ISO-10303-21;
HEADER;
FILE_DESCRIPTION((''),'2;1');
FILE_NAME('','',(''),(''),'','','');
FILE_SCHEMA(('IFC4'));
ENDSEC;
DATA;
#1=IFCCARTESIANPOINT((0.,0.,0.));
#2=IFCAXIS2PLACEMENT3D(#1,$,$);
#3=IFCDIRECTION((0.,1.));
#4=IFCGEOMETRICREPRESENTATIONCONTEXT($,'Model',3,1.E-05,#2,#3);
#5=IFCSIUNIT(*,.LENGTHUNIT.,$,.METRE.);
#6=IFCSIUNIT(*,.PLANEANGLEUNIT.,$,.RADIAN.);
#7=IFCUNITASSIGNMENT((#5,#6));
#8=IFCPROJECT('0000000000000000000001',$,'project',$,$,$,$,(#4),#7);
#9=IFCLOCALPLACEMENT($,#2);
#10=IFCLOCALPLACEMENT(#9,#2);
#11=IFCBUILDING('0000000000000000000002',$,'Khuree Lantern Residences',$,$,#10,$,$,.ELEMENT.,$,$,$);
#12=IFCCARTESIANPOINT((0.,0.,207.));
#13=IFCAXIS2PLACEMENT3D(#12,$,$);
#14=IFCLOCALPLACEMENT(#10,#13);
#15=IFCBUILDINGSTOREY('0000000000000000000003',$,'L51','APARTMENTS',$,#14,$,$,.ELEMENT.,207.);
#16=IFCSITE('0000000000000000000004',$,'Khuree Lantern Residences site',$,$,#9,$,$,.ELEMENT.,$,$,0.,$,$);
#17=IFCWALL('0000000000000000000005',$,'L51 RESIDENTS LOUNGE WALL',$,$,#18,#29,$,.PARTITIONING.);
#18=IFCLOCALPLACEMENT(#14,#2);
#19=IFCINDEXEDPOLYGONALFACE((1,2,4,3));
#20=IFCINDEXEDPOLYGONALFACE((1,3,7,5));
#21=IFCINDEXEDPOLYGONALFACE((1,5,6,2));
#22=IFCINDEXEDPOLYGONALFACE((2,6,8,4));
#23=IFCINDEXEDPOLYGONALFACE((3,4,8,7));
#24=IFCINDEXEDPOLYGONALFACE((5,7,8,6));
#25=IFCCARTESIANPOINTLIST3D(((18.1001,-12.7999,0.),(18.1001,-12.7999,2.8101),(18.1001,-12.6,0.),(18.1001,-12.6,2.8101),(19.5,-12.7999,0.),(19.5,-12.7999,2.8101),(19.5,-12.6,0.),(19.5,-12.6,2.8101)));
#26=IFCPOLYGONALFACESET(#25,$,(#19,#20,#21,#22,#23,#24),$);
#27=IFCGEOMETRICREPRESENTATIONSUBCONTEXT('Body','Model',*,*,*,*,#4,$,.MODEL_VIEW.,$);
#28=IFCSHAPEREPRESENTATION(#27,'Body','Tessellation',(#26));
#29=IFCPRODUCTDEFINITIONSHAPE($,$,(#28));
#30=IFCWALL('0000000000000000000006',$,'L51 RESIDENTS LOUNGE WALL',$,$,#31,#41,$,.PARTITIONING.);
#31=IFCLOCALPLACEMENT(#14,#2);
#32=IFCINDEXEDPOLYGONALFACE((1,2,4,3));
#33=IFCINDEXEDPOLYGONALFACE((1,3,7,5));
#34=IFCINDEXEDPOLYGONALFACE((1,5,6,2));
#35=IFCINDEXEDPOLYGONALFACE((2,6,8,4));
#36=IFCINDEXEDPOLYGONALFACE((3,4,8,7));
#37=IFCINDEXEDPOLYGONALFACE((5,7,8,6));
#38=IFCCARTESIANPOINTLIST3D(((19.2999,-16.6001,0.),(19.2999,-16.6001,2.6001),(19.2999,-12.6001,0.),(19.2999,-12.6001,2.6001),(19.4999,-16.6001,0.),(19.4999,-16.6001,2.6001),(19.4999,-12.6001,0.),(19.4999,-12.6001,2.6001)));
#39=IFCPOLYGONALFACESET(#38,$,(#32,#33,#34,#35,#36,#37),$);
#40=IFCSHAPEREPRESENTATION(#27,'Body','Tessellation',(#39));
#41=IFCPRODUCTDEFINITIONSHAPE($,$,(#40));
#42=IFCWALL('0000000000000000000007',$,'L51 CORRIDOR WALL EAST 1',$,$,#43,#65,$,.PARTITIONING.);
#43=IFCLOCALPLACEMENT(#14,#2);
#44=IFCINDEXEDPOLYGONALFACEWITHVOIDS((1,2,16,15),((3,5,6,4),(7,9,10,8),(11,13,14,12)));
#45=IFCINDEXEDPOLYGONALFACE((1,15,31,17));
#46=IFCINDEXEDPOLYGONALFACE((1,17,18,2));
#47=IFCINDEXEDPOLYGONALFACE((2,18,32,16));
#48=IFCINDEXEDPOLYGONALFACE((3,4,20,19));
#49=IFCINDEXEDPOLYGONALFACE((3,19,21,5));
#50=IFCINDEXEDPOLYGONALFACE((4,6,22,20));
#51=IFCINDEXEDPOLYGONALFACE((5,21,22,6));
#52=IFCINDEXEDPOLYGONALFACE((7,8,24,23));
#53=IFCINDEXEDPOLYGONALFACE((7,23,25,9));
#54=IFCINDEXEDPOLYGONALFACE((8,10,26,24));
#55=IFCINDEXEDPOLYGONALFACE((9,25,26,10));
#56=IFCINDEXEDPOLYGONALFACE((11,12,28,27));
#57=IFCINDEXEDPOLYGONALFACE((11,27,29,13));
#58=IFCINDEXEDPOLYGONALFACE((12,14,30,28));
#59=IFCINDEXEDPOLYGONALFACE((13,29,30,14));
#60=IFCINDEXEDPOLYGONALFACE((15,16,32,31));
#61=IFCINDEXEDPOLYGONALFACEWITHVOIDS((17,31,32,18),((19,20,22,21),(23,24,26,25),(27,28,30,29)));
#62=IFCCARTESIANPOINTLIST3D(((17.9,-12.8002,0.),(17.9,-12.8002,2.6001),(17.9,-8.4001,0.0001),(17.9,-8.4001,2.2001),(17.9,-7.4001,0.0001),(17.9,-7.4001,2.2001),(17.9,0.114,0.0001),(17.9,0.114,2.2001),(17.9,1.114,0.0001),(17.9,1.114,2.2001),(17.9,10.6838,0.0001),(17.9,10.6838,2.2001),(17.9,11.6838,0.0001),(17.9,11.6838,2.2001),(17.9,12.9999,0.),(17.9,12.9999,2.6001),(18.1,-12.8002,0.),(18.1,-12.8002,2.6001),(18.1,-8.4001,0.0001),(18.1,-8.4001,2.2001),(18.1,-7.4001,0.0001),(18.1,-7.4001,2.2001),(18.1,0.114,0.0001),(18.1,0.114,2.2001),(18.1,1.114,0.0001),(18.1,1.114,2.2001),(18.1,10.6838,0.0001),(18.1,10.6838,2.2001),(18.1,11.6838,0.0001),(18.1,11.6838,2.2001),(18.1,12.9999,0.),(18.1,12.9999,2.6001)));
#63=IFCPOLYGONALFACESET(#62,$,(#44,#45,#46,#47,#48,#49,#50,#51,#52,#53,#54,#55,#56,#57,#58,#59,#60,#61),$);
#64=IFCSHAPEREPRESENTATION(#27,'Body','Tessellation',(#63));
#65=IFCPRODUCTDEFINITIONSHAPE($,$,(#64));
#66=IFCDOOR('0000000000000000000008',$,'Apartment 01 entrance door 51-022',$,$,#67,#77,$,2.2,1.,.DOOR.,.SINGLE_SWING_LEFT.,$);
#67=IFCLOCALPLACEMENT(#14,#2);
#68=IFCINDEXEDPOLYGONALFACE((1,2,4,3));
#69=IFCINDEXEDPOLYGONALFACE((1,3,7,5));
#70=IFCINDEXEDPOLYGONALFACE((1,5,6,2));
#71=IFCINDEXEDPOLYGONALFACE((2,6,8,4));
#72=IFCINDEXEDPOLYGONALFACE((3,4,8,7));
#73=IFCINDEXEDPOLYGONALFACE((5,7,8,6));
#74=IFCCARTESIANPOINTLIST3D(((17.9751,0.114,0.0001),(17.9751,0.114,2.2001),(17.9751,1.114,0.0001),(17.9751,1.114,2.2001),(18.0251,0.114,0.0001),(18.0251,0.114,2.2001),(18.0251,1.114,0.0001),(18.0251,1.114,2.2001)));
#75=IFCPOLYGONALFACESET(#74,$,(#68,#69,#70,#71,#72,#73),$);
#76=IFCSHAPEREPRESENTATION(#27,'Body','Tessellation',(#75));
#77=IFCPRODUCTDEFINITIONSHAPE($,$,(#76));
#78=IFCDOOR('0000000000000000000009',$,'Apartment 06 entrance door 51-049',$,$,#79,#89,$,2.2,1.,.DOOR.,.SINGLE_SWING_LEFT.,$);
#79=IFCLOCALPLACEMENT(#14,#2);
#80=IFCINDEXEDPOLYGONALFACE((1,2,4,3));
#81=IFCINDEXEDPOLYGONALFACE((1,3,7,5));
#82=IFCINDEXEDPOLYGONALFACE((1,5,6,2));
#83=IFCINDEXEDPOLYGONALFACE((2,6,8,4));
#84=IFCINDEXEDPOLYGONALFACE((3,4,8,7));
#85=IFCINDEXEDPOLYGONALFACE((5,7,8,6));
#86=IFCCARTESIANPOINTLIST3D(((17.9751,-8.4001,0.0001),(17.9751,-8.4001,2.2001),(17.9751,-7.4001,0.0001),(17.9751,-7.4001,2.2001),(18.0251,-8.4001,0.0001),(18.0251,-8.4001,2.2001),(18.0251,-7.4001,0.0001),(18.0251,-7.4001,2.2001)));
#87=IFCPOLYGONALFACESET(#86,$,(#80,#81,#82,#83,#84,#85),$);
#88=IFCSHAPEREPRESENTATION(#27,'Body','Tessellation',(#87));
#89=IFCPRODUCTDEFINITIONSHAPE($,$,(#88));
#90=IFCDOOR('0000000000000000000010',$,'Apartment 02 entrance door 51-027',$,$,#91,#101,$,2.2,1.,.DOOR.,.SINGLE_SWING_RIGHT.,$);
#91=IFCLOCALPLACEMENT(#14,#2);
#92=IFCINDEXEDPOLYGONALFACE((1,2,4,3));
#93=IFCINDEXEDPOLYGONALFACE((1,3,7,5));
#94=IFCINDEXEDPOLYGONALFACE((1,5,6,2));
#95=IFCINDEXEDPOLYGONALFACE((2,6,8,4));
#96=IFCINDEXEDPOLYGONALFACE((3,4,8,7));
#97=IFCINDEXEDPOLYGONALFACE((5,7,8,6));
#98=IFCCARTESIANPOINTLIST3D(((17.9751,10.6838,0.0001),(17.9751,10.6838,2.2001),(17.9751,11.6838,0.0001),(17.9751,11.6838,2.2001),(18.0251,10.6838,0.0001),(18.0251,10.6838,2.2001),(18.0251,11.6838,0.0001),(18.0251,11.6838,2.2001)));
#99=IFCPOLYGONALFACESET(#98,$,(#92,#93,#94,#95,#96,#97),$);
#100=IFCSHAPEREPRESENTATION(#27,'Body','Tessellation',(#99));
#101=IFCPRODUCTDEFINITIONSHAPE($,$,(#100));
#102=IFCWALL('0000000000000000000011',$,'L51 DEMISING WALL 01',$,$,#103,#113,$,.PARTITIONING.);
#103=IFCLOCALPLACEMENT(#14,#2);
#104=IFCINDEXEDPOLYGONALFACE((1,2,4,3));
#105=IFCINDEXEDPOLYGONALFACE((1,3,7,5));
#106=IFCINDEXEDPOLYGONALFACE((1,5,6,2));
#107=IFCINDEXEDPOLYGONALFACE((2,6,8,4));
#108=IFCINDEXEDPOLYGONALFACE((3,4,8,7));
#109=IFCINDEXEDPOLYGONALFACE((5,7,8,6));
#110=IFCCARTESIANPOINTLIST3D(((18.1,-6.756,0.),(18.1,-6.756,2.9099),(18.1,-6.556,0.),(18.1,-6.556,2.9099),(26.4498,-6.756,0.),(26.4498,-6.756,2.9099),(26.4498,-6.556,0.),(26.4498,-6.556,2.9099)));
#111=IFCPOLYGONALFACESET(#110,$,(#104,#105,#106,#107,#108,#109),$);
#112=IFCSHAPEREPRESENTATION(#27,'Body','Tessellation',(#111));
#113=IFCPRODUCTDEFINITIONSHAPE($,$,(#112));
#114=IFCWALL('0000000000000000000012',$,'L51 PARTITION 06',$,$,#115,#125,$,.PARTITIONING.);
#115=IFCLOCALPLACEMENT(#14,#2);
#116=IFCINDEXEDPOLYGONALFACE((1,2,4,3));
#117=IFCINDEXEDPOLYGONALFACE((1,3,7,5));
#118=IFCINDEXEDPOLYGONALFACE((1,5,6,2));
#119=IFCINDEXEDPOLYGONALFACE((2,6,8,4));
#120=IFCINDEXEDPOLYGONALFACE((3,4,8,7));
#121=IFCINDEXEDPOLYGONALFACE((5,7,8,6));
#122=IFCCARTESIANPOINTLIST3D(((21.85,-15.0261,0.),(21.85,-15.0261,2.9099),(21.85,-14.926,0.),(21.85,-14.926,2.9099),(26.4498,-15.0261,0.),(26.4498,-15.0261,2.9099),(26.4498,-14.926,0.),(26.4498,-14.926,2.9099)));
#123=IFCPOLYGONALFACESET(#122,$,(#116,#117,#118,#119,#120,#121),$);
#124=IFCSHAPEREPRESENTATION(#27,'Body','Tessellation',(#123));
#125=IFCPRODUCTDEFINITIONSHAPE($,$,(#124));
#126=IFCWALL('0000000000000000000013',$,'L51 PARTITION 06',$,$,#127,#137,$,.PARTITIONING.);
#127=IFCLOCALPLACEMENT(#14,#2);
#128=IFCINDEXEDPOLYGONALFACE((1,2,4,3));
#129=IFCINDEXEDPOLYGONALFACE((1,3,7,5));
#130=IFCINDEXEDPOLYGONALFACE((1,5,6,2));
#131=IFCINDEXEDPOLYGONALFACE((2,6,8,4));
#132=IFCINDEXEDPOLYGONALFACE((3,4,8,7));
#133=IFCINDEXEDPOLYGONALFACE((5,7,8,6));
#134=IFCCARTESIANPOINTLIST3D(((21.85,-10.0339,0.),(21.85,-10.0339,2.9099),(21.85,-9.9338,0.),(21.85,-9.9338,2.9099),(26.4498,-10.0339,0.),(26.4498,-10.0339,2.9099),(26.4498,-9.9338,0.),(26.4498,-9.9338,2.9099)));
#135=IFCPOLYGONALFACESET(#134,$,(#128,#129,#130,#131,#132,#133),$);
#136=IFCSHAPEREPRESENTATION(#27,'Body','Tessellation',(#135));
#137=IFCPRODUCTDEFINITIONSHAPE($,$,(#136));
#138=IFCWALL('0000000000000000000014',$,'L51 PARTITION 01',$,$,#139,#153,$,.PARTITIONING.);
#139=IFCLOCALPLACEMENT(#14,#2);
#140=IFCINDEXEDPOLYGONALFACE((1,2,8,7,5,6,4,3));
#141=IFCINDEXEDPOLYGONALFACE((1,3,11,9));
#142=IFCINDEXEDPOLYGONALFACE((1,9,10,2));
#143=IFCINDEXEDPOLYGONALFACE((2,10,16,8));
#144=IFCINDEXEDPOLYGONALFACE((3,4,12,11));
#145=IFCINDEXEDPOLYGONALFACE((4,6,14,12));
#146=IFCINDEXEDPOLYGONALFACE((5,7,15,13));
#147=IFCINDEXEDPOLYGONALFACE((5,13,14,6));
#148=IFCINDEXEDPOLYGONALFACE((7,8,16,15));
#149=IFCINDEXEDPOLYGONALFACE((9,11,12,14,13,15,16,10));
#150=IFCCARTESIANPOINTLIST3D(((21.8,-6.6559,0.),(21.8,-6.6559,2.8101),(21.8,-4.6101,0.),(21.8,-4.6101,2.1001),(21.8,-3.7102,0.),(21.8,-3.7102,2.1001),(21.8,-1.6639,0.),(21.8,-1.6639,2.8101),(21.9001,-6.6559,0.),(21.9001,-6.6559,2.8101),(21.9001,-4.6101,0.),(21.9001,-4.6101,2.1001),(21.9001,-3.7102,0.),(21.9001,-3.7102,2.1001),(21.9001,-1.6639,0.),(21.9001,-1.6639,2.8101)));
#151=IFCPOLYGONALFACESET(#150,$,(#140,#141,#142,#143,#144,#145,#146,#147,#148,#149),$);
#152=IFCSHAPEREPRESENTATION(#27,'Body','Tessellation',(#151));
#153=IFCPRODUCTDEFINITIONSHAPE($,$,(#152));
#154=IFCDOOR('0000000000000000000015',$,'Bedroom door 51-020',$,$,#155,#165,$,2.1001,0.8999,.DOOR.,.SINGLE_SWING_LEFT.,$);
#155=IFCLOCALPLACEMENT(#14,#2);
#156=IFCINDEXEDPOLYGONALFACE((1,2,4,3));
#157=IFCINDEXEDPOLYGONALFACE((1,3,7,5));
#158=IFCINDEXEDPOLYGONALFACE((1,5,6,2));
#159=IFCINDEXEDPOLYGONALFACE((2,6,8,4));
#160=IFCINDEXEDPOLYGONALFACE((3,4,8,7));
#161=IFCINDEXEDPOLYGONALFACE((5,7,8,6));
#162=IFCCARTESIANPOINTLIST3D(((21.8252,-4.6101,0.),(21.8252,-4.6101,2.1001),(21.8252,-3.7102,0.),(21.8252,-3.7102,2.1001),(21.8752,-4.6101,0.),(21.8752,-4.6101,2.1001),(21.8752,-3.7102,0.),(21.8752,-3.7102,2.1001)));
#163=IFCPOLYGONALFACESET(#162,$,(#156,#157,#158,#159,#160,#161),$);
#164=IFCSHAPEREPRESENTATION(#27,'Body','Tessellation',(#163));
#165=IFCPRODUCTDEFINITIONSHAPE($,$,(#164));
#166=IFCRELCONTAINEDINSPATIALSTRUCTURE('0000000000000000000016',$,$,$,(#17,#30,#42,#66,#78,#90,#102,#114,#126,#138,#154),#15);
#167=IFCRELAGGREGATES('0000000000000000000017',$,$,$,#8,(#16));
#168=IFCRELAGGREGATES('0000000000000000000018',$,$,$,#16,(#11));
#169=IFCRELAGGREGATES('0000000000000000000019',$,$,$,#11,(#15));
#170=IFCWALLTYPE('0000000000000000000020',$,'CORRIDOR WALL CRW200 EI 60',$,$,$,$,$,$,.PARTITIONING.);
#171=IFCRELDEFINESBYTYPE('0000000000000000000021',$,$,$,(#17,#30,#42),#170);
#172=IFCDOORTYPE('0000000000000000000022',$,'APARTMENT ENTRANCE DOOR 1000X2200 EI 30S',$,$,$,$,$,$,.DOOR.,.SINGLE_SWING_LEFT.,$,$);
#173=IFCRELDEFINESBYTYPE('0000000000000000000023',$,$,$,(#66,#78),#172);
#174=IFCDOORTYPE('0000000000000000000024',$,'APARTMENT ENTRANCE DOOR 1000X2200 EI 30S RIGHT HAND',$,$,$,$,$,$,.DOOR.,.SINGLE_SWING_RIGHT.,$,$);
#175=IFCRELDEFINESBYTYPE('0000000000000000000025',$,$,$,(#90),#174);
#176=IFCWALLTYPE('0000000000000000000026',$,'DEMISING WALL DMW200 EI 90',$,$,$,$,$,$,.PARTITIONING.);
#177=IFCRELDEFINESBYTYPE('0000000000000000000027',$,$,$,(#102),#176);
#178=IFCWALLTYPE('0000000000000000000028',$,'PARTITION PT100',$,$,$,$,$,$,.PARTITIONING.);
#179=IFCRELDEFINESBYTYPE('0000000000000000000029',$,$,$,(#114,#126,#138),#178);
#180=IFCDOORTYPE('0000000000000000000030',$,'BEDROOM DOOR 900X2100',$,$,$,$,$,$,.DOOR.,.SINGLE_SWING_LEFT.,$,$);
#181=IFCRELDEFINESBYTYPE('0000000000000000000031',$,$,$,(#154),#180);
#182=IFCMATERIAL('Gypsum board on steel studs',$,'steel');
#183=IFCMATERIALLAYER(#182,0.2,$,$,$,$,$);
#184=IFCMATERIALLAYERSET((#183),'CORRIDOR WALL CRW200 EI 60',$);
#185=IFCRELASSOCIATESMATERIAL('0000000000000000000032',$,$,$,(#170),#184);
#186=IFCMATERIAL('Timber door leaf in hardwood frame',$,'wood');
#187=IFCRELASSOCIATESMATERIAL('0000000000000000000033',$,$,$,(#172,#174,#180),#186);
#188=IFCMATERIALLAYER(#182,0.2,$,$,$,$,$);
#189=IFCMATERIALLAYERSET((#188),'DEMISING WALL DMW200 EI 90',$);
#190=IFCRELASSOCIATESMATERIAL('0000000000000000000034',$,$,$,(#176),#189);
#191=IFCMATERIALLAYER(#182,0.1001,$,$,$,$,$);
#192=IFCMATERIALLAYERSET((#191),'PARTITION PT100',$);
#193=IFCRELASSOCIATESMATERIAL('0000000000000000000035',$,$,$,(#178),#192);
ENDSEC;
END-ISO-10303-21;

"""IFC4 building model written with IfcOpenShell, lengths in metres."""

from ifc_helpers import new_model, si_unit, direction, frame, frame_2d, origin, place, context, subcontext, project, spatial, rectangle, extrude, material, layer, layer_set, type_object, element, fill, save


model = new_model("IFC4")

# Units and contexts
model_context = context("Model", 3, precision=1e-05, world=origin(), true_north=direction((0.0, 1.0)))
body_context = subcontext(model_context, "Body", "Model", "MODEL_VIEW")
ifc_project = project(units=[si_unit("LENGTHUNIT", "METRE"), si_unit("PLANEANGLEUNIT", "RADIAN")], contexts=[model_context])

# Site, building, storey
site_placement = place(None, origin())
site = spatial("IfcSite", under=ifc_project, at=site_placement, Name="Khuree Lantern Residences site", CompositionType="ELEMENT", RefElevation=0.0)
building_placement = place(site_placement, origin())
building = spatial("IfcBuilding", under=site, at=building_placement, Name="Khuree Lantern Residences", CompositionType="ELEMENT")
storey_placement = place(building_placement, frame((0.0, 0.0, 207.0)))
storey = spatial("IfcBuildingStorey", under=building, at=storey_placement, Name="L51", Description="APARTMENTS", CompositionType="ELEMENT", Elevation=207.0)

# Shared definitions
ifc_material_1 = material(Name="Timber door leaf in hardwood frame", Category="wood")

# Walls
ifc_material_2 = material(Name="Gypsum board on steel studs", Category="steel")
ifc_layer_1 = layer(ifc_material_2, 0.2)
ifc_layer_set_1 = layer_set([ifc_layer_1], Name="CORRIDOR WALL CRW200 EI 60")
wall_type_1 = type_object("IfcWallType", Name="CORRIDOR WALL CRW200 EI 60", PredefinedType="PARTITIONING", material=ifc_layer_set_1)
wall_1_placement = place(storey_placement, frame((18.1001, -12.7, 0.0), z_axis=(0.0, 0.0, 1.0), x_axis=(1.0, 0.0, 0.0)))
element("IfcWall", 1, at=wall_1_placement, inside=storey, type_object=wall_type_1, Name="L51 RESIDENTS LOUNGE WALL", PredefinedType="PARTITIONING", context=body_context, shape_type="SweptSolid", body=[
    extrude(rectangle(XDim=1.3999, YDim=0.2, at=frame_2d((0.7, 0.0))), origin(), (0.0, 0.0, 1.0), 2.8101),
])
wall_2_placement = place(storey_placement, frame((19.3999, -12.6001, 0.0), z_axis=(0.0, 0.0, 1.0), x_axis=(0.0, -1.0, 0.0)))
element("IfcWall", 2, at=wall_2_placement, inside=storey, type_object=wall_type_1, Name="L51 RESIDENTS LOUNGE WALL", PredefinedType="PARTITIONING", context=body_context, shape_type="SweptSolid", body=[
    extrude(rectangle(XDim=4.0, YDim=0.2, at=frame_2d((2.0, 0.0))), origin(), (0.0, 0.0, 1.0), 2.6001),
])

# Wall, openings, doors
wall_3_placement = place(storey_placement, frame((18.0, -12.8, 0.0), z_axis=(0.0, 0.0, 1.0), x_axis=(0.0, 1.0, 0.0)))
wall_3 = element("IfcWall", 3, at=wall_3_placement, inside=storey, type_object=wall_type_1, Name="L51 CORRIDOR WALL EAST 1", PredefinedType="PARTITIONING", context=body_context, shape_type="SweptSolid", body=[
    extrude(rectangle(XDim=25.8, YDim=0.2, at=frame_2d((12.8999, 0.0))), origin(), (0.0, 0.0, 1.0), 2.6001),
])
opening_1_placement = place(wall_3_placement, frame((12.9141, 0.0, 0.0)))
opening_1 = element("IfcOpeningElement", 4, at=opening_1_placement, cuts=wall_3, PredefinedType="OPENING", context=body_context, shape_type="SweptSolid", body=[
    extrude(rectangle(XDim=1.0, YDim=2.2, at=frame_2d((0.5, 1.1001))), frame((0.0, 0.1099, 0.0), z_axis=(0.0, -1.0, 0.0), x_axis=(1.0, 0.0, 0.0)), (0.0, 0.0, 1.0), 0.22),
])
opening_2_placement = place(wall_3_placement, frame((23.4839, 0.0, 0.0)))
opening_2 = element("IfcOpeningElement", 5, at=opening_2_placement, cuts=wall_3, PredefinedType="OPENING", context=body_context, shape_type="SweptSolid", body=[
    extrude(rectangle(XDim=1.0, YDim=2.2, at=frame_2d((0.5, 1.1001))), frame((0.0, 0.1099, 0.0), z_axis=(0.0, -1.0, 0.0), x_axis=(1.0, 0.0, 0.0)), (0.0, 0.0, 1.0), 0.22),
])
opening_3_placement = place(wall_3_placement, frame((4.3999, 0.0, 0.0)))
opening_3 = element("IfcOpeningElement", 6, at=opening_3_placement, cuts=wall_3, PredefinedType="OPENING", context=body_context, shape_type="SweptSolid", body=[
    extrude(rectangle(XDim=1.0, YDim=2.2, at=frame_2d((0.5, 1.1001))), frame((0.0, 0.1099, 0.0), z_axis=(0.0, -1.0, 0.0), x_axis=(1.0, 0.0, 0.0)), (0.0, 0.0, 1.0), 0.22),
])
door_type_1 = type_object("IfcDoorType", Name="APARTMENT ENTRANCE DOOR 1000X2200 EI 30S", OperationType="SINGLE_SWING_LEFT", PredefinedType="DOOR", material=ifc_material_1)
door_1_placement = place(opening_1_placement, origin())
door_1 = element("IfcDoor", 7, at=door_1_placement, inside=storey, type_object=door_type_1, Name="Apartment 01 entrance door 51-022", OperationType="SINGLE_SWING_LEFT", OverallHeight=2.2, OverallWidth=1.0, PredefinedType="DOOR", context=body_context, shape_type="SweptSolid", body=[
    extrude(rectangle(XDim=1.0, YDim=2.2, at=frame_2d((0.5, 1.1001))), frame((0.0, 0.0249, 0.0), z_axis=(0.0, -1.0, 0.0), x_axis=(1.0, 0.0, 0.0)), (0.0, 0.0, 1.0), 0.05),
])
fill(opening_1, door_1)
door_2_placement = place(opening_3_placement, origin())
door_2 = element("IfcDoor", 8, at=door_2_placement, inside=storey, type_object=door_type_1, Name="Apartment 06 entrance door 51-049", OperationType="SINGLE_SWING_LEFT", OverallHeight=2.2, OverallWidth=1.0, PredefinedType="DOOR", context=body_context, shape_type="SweptSolid", body=[
    extrude(rectangle(XDim=1.0, YDim=2.2, at=frame_2d((0.5, 1.1001))), frame((0.0, 0.0249, 0.0), z_axis=(0.0, -1.0, 0.0), x_axis=(1.0, 0.0, 0.0)), (0.0, 0.0, 1.0), 0.05),
])
fill(opening_3, door_2)
door_type_2 = type_object("IfcDoorType", Name="APARTMENT ENTRANCE DOOR 1000X2200 EI 30S RIGHT HAND", OperationType="SINGLE_SWING_RIGHT", PredefinedType="DOOR", material=ifc_material_1)
door_3_placement = place(opening_2_placement, origin())
door_3 = element("IfcDoor", 9, at=door_3_placement, inside=storey, type_object=door_type_2, Name="Apartment 02 entrance door 51-027", OperationType="SINGLE_SWING_RIGHT", OverallHeight=2.2, OverallWidth=1.0, PredefinedType="DOOR", context=body_context, shape_type="SweptSolid", body=[
    extrude(rectangle(XDim=1.0, YDim=2.2, at=frame_2d((0.5, 1.1001))), frame((0.0, 0.0249, 0.0), z_axis=(0.0, -1.0, 0.0), x_axis=(1.0, 0.0, 0.0)), (0.0, 0.0, 1.0), 0.05),
])
fill(opening_2, door_3)

# Walls
ifc_layer_2 = layer(ifc_material_2, 0.2)
ifc_layer_set_2 = layer_set([ifc_layer_2], Name="DEMISING WALL DMW200 EI 90")
wall_type_2 = type_object("IfcWallType", Name="DEMISING WALL DMW200 EI 90", PredefinedType="PARTITIONING", material=ifc_layer_set_2)
wall_4_placement = place(storey_placement, frame((18.1001, -6.656, 0.0), z_axis=(0.0, 0.0, 1.0), x_axis=(1.0, 0.0, 0.0)))
element("IfcWall", 10, at=wall_4_placement, inside=storey, type_object=wall_type_2, Name="L51 DEMISING WALL 01", PredefinedType="PARTITIONING", context=body_context, shape_type="SweptSolid", body=[
    extrude(rectangle(XDim=8.3499, YDim=0.2, at=frame_2d((4.1748, 0.0))), origin(), (0.0, 0.0, 1.0), 2.9099),
])
ifc_layer_3 = layer(ifc_material_2, 0.1001)
ifc_layer_set_3 = layer_set([ifc_layer_3], Name="PARTITION PT100")
wall_type_3 = type_object("IfcWallType", Name="PARTITION PT100", PredefinedType="PARTITIONING", material=ifc_layer_set_3)
for number, where, z_axis, x_axis, name in (
    (11, (21.8501, -14.9761, 0.0), (0.0, 0.0, 1.0), (1.0, 0.0, 0.0), "L51 PARTITION 06"),
    (12, (21.8501, -9.9839, 0.0), (0.0, 0.0, 1.0), (1.0, 0.0, 0.0), "L51 PARTITION 06"),
):
    element("IfcWall", number, at=place(storey_placement, frame(where, z_axis=z_axis, x_axis=x_axis)), inside=storey, type_object=wall_type_3, Name=name, PredefinedType="PARTITIONING", context=body_context, shape_type="SweptSolid", body=[
        extrude(rectangle(XDim=4.5999, YDim=0.1001, at=frame_2d((2.2998, 0.0))), origin(), (0.0, 0.0, 1.0), 2.9099),
    ])

# Wall, opening, door
wall_5_placement = place(storey_placement, frame((21.8501, -6.656, 0.0), z_axis=(0.0, 0.0, 1.0), x_axis=(0.0, 1.0, 0.0)))
wall_5 = element("IfcWall", 13, at=wall_5_placement, inside=storey, type_object=wall_type_3, Name="L51 PARTITION 01", PredefinedType="PARTITIONING", context=body_context, shape_type="SweptSolid", body=[
    extrude(rectangle(XDim=4.9919, YDim=0.1001, at=frame_2d((2.4961, 0.0))), origin(), (0.0, 0.0, 1.0), 2.8101),
])
opening_4_placement = place(wall_5_placement, frame((2.0459, 0.0, 0.0)))
opening_4 = element("IfcOpeningElement", 14, at=opening_4_placement, cuts=wall_5, PredefinedType="OPENING", context=body_context, shape_type="SweptSolid", body=[
    extrude(rectangle(XDim=0.8999, YDim=2.1001, at=frame_2d((0.45, 1.05))), frame((0.0, 0.0601, 0.0), z_axis=(0.0, -1.0, 0.0), x_axis=(1.0, 0.0, 0.0)), (0.0, 0.0, 1.0), 0.1201),
])
door_type_3 = type_object("IfcDoorType", Name="BEDROOM DOOR 900X2100", OperationType="SINGLE_SWING_LEFT", PredefinedType="DOOR", material=ifc_material_1)
door_4_placement = place(opening_4_placement, origin())
door_4 = element("IfcDoor", 15, at=door_4_placement, inside=storey, type_object=door_type_3, Name="Bedroom door 51-020", OperationType="SINGLE_SWING_LEFT", OverallHeight=2.1001, OverallWidth=0.8999, PredefinedType="DOOR", context=body_context, shape_type="SweptSolid", body=[
    extrude(rectangle(XDim=0.8999, YDim=2.1001, at=frame_2d((0.45, 1.05))), frame((0.0, 0.0249, 0.0), z_axis=(0.0, -1.0, 0.0), x_axis=(1.0, 0.0, 0.0)), (0.0, 0.0, 1.0), 0.05),
])
fill(opening_4, door_4)

save(model, "model.ifc")
